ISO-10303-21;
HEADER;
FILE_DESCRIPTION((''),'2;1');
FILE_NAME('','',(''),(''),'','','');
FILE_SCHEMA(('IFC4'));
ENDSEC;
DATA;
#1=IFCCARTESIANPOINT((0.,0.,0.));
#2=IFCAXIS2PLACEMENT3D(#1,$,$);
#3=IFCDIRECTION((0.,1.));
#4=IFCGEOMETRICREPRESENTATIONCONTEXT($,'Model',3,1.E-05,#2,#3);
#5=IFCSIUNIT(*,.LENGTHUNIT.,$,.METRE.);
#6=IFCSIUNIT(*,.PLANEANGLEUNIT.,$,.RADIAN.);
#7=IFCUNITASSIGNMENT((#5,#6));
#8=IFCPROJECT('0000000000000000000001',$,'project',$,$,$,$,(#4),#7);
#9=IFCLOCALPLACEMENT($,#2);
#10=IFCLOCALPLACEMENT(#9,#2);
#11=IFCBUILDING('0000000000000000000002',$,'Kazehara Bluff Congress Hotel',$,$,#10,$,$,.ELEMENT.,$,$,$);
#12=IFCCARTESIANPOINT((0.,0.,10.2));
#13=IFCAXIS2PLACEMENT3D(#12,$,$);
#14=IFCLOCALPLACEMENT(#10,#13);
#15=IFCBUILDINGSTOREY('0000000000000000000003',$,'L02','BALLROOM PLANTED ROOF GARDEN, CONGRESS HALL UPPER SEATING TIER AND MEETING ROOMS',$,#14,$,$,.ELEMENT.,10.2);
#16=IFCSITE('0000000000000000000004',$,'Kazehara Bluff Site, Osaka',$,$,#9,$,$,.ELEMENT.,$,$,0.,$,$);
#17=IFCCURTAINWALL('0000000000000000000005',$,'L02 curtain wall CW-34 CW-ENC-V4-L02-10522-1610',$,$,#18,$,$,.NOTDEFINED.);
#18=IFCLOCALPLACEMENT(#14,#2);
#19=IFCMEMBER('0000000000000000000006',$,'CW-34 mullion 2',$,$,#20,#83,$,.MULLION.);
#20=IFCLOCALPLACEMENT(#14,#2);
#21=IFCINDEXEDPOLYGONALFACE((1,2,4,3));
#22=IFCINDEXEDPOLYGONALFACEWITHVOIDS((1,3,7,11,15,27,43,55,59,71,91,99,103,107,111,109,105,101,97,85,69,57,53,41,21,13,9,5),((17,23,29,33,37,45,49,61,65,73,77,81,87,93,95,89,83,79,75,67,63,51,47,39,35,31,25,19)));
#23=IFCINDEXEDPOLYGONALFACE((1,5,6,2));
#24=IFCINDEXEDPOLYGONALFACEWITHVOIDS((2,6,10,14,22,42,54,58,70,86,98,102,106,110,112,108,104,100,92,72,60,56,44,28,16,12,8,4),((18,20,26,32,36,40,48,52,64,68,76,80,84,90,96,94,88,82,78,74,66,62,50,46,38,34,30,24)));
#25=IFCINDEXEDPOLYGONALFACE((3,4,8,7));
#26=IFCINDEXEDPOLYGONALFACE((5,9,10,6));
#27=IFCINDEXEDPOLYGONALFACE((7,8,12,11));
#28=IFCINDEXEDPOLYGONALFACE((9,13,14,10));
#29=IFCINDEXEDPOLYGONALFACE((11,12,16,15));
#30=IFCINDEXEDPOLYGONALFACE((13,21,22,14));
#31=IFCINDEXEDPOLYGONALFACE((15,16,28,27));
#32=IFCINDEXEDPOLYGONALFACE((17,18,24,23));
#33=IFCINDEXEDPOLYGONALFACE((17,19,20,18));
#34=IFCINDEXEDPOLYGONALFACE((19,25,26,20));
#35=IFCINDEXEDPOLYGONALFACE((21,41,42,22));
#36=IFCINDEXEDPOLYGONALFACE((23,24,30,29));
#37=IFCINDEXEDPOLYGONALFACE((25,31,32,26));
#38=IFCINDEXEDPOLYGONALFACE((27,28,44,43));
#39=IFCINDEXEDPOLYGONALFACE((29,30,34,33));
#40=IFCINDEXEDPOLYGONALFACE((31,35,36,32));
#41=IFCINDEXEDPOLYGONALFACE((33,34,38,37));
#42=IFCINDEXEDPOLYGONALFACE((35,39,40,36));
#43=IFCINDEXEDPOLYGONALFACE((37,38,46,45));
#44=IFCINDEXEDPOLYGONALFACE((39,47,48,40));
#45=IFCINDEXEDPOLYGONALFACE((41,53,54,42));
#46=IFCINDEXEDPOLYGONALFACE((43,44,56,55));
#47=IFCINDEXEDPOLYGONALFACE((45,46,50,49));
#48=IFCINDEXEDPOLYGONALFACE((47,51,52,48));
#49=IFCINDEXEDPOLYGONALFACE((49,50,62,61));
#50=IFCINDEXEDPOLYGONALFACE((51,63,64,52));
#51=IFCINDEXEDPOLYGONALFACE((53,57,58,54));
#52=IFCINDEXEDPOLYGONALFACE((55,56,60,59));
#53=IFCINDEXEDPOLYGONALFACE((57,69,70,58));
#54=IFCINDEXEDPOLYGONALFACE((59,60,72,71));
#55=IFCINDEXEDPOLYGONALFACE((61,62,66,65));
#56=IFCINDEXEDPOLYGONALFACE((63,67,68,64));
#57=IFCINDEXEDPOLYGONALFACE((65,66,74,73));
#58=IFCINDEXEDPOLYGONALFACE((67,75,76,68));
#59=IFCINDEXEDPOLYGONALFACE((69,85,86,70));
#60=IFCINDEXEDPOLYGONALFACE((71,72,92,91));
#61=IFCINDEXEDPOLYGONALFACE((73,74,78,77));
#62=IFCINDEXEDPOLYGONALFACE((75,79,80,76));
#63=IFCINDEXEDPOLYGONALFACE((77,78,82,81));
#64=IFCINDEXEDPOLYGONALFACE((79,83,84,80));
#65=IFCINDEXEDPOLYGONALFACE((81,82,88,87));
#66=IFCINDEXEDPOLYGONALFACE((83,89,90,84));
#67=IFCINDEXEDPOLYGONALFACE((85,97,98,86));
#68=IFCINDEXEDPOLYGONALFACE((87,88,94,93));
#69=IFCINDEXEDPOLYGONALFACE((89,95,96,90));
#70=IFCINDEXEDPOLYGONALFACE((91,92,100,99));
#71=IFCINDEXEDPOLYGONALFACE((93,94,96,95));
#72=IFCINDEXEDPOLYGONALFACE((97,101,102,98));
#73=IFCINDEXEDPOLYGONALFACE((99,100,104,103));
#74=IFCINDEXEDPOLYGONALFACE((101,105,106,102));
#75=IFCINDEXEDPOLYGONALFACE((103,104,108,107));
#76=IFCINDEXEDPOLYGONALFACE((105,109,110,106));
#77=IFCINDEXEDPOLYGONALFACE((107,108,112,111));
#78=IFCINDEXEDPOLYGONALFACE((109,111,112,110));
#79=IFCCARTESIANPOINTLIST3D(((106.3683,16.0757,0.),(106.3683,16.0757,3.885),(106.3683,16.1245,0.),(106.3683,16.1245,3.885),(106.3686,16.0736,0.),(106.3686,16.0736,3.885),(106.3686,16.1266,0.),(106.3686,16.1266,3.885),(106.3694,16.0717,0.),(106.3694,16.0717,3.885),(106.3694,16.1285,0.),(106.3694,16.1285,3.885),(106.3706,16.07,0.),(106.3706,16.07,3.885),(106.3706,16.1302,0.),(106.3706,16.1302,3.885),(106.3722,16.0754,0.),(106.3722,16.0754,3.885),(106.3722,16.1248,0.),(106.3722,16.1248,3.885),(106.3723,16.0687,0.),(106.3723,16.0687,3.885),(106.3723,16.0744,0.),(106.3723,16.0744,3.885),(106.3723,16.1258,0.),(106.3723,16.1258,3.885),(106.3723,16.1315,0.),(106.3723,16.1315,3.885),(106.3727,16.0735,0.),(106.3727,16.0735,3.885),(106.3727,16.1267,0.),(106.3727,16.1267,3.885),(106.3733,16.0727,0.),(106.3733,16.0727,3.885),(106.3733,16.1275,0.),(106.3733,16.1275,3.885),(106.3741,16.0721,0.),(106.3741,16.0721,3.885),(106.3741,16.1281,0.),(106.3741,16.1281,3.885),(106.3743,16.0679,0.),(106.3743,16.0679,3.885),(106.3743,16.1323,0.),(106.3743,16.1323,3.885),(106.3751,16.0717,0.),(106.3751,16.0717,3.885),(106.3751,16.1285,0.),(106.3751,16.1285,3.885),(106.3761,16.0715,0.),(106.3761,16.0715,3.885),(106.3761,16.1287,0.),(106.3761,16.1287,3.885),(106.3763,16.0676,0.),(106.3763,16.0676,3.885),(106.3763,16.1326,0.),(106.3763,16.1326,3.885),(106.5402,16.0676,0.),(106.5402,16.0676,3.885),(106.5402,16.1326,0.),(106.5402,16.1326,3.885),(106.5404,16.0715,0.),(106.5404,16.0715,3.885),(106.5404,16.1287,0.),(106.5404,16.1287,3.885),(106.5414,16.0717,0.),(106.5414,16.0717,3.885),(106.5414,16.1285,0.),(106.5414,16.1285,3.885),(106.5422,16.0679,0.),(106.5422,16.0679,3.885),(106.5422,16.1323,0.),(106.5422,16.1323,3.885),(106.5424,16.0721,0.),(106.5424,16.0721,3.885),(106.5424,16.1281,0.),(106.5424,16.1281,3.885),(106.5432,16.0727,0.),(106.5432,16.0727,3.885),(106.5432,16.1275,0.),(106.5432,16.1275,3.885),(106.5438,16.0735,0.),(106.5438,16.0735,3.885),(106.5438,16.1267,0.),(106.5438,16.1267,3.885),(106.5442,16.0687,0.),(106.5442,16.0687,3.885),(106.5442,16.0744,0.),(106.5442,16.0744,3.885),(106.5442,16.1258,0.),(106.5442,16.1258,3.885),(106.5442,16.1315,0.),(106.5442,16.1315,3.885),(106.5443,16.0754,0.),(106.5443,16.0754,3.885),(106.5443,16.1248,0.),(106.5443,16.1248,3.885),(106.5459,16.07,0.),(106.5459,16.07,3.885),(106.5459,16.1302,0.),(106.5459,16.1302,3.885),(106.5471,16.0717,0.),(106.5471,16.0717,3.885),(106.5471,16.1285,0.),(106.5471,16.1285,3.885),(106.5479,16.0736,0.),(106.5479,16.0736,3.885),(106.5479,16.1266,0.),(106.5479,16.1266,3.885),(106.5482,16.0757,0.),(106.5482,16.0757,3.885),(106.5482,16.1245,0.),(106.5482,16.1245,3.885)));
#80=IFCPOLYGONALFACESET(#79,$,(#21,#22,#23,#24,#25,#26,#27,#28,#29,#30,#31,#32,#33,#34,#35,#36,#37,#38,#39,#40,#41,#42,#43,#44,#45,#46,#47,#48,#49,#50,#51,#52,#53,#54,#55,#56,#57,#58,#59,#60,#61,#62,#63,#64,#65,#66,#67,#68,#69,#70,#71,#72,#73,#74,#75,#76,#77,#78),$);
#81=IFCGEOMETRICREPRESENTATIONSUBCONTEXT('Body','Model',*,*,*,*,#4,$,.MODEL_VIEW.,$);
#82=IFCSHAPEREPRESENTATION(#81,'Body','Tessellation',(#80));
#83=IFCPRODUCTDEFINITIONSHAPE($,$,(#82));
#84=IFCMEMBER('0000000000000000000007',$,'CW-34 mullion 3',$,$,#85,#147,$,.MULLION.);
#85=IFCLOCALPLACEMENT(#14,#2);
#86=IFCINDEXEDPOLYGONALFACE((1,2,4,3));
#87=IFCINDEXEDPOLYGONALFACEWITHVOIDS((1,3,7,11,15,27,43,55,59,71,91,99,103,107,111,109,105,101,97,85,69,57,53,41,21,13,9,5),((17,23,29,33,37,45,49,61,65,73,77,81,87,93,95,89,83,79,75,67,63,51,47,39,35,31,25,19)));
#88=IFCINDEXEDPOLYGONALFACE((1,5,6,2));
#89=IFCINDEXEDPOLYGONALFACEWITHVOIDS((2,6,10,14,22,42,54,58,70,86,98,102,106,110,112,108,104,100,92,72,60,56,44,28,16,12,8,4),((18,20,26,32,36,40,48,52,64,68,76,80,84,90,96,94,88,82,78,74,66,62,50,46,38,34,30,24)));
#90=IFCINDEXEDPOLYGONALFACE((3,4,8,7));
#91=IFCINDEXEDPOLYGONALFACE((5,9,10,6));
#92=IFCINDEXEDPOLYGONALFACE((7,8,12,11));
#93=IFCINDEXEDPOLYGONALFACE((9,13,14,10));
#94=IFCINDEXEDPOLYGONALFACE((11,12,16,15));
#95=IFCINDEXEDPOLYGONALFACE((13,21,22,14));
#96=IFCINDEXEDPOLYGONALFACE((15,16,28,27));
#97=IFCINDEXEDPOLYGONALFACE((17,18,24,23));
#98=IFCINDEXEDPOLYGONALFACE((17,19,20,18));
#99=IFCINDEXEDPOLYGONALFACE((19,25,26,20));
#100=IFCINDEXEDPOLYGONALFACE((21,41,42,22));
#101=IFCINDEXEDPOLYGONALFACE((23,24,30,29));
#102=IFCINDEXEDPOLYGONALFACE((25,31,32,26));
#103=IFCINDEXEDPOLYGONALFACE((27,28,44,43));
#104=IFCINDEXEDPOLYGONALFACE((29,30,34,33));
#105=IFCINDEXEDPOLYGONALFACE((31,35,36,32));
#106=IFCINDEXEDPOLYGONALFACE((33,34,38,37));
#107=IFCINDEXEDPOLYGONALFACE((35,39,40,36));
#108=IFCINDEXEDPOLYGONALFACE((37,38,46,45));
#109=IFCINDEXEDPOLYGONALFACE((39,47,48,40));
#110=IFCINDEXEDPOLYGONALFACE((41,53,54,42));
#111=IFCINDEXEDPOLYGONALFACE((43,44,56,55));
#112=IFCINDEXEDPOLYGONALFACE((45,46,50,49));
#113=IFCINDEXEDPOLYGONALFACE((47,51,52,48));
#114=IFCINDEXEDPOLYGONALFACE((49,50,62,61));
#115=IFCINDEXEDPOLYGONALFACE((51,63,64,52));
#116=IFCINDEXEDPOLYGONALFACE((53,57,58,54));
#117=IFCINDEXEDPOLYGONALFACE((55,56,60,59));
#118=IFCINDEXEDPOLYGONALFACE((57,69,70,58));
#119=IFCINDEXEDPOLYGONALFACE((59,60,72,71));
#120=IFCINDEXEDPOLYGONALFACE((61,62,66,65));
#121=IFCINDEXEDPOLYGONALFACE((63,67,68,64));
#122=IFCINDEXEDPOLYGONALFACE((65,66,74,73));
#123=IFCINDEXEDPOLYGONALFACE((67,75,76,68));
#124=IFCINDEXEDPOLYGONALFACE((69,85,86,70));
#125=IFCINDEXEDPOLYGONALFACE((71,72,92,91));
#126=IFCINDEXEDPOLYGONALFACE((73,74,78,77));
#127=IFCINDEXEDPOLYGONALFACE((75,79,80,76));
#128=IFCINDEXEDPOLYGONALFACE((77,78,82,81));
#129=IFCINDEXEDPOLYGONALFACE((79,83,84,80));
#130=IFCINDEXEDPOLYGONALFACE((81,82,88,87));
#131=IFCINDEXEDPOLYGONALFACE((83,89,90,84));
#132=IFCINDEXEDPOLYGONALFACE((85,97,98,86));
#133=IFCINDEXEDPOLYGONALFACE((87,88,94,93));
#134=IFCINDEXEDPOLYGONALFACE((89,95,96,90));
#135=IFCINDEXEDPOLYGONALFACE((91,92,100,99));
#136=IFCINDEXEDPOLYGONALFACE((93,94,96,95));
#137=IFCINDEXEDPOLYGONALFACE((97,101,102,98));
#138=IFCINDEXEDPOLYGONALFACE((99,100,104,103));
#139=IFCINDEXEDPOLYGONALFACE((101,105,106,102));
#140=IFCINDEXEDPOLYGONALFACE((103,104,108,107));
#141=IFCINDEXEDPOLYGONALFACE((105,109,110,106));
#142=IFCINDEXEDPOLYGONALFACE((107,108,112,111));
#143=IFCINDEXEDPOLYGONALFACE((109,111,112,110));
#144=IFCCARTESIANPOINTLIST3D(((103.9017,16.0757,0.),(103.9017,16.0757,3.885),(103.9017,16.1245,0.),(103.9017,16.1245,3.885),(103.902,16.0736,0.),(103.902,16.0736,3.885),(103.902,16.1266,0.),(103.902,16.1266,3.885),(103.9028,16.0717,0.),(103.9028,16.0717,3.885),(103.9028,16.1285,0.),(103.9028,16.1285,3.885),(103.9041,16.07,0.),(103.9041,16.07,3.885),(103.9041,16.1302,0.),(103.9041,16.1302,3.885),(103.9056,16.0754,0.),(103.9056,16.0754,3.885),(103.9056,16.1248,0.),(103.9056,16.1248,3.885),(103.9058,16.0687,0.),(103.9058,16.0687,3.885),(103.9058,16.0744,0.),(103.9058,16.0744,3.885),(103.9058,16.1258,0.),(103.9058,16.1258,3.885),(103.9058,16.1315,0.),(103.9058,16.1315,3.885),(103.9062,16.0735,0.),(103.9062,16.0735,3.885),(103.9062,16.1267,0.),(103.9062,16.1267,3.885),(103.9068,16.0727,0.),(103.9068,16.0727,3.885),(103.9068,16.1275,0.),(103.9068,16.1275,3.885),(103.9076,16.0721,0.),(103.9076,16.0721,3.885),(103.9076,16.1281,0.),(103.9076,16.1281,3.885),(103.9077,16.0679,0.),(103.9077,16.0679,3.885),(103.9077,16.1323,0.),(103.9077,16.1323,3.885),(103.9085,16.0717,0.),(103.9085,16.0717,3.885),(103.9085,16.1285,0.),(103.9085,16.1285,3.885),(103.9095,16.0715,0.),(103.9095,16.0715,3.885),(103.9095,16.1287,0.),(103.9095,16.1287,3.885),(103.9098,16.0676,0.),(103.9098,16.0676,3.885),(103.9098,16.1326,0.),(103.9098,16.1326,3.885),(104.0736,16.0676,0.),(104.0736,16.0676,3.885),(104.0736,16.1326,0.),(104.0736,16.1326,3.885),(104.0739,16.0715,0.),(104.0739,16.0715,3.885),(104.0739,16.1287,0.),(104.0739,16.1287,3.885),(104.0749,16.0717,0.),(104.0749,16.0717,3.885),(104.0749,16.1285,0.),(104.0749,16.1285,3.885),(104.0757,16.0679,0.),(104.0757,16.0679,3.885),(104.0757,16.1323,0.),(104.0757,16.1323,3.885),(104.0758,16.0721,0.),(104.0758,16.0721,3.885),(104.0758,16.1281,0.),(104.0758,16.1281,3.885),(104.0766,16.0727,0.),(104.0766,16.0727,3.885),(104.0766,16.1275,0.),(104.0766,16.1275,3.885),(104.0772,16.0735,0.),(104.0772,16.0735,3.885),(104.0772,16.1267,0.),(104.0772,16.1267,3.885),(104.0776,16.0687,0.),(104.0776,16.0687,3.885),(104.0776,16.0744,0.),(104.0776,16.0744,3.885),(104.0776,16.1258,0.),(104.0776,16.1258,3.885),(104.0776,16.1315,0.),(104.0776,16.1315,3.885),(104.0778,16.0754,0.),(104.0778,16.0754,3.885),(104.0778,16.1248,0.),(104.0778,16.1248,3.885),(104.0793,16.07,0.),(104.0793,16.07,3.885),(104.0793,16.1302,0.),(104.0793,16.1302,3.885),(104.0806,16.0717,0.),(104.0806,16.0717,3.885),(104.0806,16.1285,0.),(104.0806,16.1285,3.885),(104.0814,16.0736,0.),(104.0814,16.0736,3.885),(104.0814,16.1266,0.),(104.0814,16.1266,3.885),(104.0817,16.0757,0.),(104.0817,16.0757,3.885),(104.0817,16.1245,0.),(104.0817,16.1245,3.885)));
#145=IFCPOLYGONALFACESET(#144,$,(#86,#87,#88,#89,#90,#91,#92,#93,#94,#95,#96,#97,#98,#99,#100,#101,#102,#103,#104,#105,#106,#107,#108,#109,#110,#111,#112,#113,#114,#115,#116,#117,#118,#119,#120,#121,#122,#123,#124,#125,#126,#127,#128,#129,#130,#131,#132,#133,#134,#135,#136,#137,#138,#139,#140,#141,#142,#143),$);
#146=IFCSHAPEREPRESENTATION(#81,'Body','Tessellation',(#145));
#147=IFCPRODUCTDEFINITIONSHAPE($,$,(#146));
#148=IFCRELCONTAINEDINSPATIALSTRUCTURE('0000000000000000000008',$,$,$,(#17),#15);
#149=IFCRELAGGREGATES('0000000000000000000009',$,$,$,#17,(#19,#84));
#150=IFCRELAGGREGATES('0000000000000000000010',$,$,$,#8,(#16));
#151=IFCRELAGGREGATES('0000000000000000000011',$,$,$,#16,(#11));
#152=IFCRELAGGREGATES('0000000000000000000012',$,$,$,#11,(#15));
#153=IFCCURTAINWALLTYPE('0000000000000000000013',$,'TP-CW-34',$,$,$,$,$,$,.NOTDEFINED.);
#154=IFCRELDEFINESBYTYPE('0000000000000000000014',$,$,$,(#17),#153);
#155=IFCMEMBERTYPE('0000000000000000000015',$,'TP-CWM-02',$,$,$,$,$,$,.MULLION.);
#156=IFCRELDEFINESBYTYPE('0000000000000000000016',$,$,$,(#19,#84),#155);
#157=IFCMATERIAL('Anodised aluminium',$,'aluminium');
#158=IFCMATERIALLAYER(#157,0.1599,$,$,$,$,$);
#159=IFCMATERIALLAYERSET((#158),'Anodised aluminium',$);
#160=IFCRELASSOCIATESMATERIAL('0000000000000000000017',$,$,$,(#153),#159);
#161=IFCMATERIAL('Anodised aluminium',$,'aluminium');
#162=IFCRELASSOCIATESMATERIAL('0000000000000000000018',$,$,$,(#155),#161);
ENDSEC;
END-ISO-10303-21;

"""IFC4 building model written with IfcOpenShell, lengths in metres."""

from ifc_helpers import new_model, si_unit, direction, frame, origin, origin_2d, place, context, subcontext, project, spatial, hollow_rectangle, extrude, material, layer, layer_set, material_profile, profile_set, type_object, element, aggregate, save


model = new_model("IFC4")

# Units and contexts
model_context = context("Model", 3, precision=1e-05, world=origin(), true_north=direction((0.0, 1.0)))
body_context = subcontext(model_context, "Body", "Model", "MODEL_VIEW")
ifc_project = project(units=[si_unit("LENGTHUNIT", "METRE"), si_unit("PLANEANGLEUNIT", "RADIAN")], contexts=[model_context])

# Site, building, storey
site_placement = place(None, origin())
site = spatial("IfcSite", under=ifc_project, at=site_placement, Name="Kazehara Bluff Site, Osaka", CompositionType="ELEMENT", RefElevation=0.0)
building_placement = place(site_placement, origin())
building = spatial("IfcBuilding", under=site, at=building_placement, Name="Kazehara Bluff Congress Hotel", CompositionType="ELEMENT")
storey_placement = place(building_placement, frame((0.0, 0.0, 10.2)))
storey = spatial("IfcBuildingStorey", under=building, at=storey_placement, Name="L02", Description="BALLROOM PLANTED ROOF GARDEN, CONGRESS HALL UPPER SEATING TIER AND MEETING ROOMS", CompositionType="ELEMENT", Elevation=10.2)

# Curtain wall, members
ifc_material_1 = material(Name="Anodised aluminium", Category="aluminium")
ifc_layer_1 = layer(ifc_material_1, 0.1599)
ifc_layer_set_1 = layer_set([ifc_layer_1], Name="Anodised aluminium")
curtain_wall_type = type_object("IfcCurtainWallType", Name="TP-CW-34", PredefinedType="NOTDEFINED", material=ifc_layer_set_1)
curtain_wall_placement = place(storey_placement, origin())
curtain_wall = element("IfcCurtainWall", 1, at=curtain_wall_placement, inside=storey, type_object=curtain_wall_type, Name="L02 curtain wall CW-34 CW-ENC-V4-L02-10522-1610", PredefinedType="NOTDEFINED")
ifc_material_2 = material(Name="Anodised aluminium", Category="aluminium")
ifc_material_profile_1 = material_profile(ifc_material_2, hollow_rectangle(XDim=0.0649, YDim=0.1799, WallThickness=0.0039, InnerFilletRadius=0.0039, OuterFilletRadius=0.0081, at=origin_2d()))
ifc_profile_set_1 = profile_set([ifc_material_profile_1], Name="Anodised aluminium")
member_type_1 = type_object("IfcMemberType", Name="TP-CWM-02", PredefinedType="MULLION", material=ifc_profile_set_1)
member_1_placement = place(storey_placement, frame((106.4583, 16.1001, 0.0), z_axis=(0.0, 0.0, 1.0), x_axis=(0.0, -1.0, 0.0)))
member_1 = element("IfcMember", 2, at=member_1_placement, type_object=member_type_1, Name="CW-34 mullion 2", PredefinedType="MULLION", context=body_context, shape_type="SweptSolid", body=[
    extrude(hollow_rectangle(XDim=0.0649, YDim=0.1799, WallThickness=0.0039, InnerFilletRadius=0.0039, OuterFilletRadius=0.0081, at=origin_2d()), origin(), (0.0, 0.0, 1.0), 3.885),
])
member_2_placement = place(storey_placement, frame((103.9917, 16.1001, 0.0), z_axis=(0.0, 0.0, 1.0), x_axis=(0.0, -1.0, 0.0)))
member_2 = element("IfcMember", 3, at=member_2_placement, type_object=member_type_1, Name="CW-34 mullion 3", PredefinedType="MULLION", context=body_context, shape_type="SweptSolid", body=[
    extrude(hollow_rectangle(XDim=0.0649, YDim=0.1799, WallThickness=0.0039, InnerFilletRadius=0.0039, OuterFilletRadius=0.0081, at=origin_2d()), origin(), (0.0, 0.0, 1.0), 3.885),
])

aggregate(curtain_wall, [member_1, member_2])

save(model, "model.ifc")
